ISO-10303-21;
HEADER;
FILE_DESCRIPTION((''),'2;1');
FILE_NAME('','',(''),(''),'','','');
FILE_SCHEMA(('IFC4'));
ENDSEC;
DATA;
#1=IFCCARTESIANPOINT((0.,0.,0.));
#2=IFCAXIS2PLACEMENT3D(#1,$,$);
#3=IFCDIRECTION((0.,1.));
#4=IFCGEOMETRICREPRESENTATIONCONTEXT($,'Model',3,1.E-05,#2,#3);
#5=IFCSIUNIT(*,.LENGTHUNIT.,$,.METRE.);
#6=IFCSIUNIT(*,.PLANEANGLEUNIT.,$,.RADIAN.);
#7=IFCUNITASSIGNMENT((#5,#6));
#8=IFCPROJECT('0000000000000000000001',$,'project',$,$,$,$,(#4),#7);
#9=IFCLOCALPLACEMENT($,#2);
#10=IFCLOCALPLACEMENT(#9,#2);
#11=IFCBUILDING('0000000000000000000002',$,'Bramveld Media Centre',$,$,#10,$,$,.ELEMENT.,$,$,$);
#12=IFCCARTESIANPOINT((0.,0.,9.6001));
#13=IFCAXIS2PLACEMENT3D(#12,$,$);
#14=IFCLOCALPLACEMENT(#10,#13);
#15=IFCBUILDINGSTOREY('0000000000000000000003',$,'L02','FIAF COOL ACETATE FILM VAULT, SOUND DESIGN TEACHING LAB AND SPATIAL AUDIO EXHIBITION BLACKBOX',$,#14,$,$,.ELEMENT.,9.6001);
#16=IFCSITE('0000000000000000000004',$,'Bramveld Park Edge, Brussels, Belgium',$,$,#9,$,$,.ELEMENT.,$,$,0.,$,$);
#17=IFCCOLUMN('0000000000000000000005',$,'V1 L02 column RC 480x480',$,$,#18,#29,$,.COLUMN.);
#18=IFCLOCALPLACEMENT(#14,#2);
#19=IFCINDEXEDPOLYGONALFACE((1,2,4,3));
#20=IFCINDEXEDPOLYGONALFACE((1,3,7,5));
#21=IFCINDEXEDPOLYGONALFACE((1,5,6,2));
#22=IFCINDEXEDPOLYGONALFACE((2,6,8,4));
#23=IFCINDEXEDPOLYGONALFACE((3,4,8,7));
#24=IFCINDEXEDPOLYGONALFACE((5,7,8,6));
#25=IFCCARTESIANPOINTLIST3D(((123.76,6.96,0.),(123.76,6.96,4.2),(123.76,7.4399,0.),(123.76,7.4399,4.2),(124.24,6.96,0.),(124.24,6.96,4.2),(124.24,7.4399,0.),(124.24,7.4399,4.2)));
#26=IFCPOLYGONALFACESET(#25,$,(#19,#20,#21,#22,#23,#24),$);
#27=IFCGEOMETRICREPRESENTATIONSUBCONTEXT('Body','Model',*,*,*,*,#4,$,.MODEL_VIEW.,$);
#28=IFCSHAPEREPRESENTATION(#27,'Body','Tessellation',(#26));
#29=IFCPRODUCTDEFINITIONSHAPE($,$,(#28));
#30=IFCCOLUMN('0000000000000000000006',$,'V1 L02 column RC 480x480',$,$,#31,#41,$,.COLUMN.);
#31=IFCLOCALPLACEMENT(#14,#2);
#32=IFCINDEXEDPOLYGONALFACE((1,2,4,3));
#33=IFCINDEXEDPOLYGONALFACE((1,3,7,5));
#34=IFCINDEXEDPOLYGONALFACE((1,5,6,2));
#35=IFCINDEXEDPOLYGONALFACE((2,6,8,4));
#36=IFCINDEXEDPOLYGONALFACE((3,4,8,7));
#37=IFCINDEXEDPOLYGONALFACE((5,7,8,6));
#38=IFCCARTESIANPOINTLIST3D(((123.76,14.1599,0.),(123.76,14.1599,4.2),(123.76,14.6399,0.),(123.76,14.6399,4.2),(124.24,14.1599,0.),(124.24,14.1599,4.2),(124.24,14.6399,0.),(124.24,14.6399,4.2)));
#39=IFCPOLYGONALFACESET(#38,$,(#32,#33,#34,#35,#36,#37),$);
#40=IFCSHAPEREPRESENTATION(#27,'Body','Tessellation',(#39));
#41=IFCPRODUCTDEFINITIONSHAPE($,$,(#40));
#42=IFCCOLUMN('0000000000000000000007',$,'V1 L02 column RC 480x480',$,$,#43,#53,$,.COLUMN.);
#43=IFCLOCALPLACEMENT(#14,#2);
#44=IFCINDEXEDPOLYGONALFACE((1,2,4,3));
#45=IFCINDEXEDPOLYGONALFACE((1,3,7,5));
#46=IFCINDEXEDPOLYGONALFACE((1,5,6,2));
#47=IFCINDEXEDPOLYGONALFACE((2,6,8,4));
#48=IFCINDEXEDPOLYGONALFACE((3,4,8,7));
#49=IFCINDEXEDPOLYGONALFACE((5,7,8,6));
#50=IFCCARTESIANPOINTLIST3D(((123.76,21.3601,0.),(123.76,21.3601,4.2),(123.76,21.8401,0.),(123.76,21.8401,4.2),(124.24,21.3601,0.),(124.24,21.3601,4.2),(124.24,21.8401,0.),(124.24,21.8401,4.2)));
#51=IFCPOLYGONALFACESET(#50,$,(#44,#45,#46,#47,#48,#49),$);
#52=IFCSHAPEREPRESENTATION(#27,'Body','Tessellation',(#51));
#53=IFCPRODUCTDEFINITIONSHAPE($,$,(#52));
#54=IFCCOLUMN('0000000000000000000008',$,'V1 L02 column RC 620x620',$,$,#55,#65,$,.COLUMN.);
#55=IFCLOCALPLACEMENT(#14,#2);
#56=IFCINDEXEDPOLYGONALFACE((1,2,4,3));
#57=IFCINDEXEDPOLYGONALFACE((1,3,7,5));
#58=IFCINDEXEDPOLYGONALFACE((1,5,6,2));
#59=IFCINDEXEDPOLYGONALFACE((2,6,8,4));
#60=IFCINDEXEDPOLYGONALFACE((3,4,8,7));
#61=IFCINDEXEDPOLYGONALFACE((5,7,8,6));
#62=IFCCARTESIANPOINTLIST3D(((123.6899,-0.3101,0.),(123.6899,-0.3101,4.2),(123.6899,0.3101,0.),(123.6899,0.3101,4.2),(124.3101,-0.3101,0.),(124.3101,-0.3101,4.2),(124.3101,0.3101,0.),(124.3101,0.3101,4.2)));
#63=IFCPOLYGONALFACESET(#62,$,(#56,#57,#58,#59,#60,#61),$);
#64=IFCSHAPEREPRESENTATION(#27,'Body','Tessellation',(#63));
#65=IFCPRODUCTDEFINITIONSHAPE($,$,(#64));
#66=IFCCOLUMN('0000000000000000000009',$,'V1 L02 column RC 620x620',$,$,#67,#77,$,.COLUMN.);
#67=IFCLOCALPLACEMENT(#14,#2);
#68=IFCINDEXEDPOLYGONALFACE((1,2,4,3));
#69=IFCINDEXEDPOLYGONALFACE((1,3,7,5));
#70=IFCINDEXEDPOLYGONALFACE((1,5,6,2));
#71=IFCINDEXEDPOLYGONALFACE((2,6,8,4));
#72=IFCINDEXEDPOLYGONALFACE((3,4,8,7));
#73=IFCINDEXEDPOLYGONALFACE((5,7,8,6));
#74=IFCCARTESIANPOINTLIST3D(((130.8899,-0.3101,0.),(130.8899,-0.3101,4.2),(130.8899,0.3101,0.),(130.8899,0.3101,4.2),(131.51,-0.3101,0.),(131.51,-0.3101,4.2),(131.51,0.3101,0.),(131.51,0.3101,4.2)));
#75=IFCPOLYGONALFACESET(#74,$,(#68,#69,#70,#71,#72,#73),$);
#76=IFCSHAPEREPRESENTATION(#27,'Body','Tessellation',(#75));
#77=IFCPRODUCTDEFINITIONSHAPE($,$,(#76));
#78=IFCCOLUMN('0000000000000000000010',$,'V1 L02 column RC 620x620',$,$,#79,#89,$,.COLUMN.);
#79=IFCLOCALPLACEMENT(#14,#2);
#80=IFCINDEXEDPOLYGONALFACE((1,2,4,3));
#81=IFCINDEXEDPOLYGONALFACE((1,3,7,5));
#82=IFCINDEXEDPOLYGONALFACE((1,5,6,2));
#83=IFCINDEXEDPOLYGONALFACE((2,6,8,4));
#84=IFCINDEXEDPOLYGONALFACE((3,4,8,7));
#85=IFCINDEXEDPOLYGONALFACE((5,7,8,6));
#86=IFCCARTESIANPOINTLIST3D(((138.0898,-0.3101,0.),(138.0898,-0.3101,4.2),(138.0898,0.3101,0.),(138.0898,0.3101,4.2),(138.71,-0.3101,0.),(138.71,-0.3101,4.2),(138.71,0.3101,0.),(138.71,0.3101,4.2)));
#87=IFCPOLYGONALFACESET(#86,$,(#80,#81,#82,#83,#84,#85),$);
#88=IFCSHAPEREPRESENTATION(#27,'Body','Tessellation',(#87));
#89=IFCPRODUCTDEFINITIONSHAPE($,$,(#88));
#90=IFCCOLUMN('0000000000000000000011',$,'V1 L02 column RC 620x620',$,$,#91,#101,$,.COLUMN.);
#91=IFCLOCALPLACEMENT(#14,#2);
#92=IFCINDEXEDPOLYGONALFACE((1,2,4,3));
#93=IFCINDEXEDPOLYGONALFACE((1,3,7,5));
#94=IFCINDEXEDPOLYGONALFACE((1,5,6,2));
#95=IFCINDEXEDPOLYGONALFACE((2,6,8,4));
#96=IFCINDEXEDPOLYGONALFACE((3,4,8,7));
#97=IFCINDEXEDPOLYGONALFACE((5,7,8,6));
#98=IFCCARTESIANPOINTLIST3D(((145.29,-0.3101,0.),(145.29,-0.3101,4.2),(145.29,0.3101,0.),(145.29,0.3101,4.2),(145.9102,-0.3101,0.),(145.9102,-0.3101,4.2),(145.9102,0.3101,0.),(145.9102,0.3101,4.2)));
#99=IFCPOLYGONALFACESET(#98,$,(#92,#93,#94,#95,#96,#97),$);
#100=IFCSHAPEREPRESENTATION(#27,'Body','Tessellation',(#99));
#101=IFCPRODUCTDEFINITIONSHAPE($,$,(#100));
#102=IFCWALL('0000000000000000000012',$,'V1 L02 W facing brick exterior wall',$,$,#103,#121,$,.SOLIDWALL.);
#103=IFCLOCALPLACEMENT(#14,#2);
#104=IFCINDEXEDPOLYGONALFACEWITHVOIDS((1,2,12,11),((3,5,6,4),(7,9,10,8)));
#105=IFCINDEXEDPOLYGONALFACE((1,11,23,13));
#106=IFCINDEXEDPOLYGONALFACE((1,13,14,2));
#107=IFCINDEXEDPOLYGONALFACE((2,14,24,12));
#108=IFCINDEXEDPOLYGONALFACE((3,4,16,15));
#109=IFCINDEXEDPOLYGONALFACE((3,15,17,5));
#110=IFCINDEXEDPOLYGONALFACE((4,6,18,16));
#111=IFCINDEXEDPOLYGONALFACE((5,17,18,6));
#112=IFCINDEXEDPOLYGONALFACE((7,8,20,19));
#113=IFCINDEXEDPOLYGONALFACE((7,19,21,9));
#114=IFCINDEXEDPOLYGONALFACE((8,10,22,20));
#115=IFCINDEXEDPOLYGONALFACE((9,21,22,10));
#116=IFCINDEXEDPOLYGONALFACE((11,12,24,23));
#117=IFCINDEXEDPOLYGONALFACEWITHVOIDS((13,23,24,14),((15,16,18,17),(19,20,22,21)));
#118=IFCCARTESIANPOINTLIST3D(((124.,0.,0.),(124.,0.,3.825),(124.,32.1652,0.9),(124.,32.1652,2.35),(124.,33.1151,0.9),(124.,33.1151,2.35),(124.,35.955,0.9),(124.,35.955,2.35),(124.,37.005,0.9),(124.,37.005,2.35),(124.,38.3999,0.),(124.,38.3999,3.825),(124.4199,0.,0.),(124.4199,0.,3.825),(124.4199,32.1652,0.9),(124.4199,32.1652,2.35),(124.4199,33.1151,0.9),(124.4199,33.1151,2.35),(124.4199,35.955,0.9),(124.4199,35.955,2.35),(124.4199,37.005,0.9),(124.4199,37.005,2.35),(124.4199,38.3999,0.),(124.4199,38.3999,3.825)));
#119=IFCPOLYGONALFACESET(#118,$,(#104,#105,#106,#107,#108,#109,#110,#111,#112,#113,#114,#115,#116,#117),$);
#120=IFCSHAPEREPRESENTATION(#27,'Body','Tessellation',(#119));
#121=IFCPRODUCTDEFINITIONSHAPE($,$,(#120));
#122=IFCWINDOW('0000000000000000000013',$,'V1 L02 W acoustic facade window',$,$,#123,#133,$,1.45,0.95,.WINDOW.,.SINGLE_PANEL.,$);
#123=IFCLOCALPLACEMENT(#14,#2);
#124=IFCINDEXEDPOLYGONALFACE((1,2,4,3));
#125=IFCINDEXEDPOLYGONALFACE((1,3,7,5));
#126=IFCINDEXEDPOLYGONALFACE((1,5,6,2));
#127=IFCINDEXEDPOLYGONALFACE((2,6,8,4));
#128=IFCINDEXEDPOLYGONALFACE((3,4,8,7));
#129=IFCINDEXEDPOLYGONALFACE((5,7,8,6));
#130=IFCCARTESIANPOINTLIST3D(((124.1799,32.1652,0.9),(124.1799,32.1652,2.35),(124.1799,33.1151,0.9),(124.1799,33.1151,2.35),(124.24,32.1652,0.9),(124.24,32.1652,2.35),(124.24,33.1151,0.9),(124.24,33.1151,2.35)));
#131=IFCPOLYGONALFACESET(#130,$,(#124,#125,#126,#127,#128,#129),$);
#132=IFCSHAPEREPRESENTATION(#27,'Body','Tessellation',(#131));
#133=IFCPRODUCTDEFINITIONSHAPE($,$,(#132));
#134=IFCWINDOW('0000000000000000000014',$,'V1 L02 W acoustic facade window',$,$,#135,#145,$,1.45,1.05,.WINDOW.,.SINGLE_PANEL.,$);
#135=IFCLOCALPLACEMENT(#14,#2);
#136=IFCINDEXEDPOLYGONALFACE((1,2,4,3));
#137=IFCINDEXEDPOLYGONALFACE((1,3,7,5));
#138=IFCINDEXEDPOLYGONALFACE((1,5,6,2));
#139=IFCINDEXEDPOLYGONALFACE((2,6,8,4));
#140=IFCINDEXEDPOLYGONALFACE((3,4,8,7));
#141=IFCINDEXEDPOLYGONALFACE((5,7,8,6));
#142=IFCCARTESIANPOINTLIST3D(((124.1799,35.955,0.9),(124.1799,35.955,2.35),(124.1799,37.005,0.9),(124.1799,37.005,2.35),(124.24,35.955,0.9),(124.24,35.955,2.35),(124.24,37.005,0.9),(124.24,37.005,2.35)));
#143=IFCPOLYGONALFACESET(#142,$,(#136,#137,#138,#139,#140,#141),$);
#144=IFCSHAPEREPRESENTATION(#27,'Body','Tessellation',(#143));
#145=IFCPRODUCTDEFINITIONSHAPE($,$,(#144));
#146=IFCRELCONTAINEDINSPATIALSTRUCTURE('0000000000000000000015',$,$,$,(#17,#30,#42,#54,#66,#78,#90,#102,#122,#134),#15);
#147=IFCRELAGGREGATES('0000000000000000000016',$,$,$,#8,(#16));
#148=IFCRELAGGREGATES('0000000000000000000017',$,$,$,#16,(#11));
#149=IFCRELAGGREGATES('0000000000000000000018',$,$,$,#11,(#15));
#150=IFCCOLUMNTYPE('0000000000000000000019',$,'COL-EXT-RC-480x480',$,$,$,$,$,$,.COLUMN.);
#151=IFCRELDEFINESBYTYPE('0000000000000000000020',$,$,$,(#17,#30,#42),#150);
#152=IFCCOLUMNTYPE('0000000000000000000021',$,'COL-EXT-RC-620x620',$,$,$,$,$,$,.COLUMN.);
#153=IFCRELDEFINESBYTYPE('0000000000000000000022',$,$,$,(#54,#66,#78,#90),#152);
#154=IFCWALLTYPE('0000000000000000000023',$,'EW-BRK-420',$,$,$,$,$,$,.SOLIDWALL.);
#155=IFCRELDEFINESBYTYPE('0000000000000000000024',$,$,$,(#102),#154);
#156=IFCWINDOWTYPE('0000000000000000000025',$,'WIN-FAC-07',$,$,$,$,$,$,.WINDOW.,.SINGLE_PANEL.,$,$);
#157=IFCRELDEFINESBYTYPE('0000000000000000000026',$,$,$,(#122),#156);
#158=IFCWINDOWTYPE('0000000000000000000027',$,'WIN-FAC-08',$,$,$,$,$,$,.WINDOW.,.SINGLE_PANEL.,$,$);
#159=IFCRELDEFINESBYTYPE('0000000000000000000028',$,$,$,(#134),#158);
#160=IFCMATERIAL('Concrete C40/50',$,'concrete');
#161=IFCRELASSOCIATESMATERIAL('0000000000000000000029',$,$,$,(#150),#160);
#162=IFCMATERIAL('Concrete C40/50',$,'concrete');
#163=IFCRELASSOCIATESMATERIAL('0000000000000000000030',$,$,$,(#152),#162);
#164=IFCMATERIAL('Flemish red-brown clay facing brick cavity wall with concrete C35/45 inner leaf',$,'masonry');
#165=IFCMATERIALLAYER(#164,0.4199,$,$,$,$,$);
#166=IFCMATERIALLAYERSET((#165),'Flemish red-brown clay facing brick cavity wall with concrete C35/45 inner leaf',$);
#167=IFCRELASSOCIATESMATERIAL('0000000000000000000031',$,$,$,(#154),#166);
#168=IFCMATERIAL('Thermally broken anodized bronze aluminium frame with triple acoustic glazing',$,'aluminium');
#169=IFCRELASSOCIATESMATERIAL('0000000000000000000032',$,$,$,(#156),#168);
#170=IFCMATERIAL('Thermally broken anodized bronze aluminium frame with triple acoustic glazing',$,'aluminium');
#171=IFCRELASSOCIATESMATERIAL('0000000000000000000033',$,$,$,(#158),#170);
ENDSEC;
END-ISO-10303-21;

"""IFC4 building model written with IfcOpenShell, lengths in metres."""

from ifc_helpers import new_model, si_unit, direction, frame, frame_2d, origin, origin_2d, place, context, subcontext, project, spatial, rectangle, extrude, material, layer, layer_set, material_profile, profile_set, type_object, element, fill, save


model = new_model("IFC4")

# Units and contexts
model_context = context("Model", 3, precision=1e-05, world=origin(), true_north=direction((0.0, 1.0)))
body_context = subcontext(model_context, "Body", "Model", "MODEL_VIEW")
ifc_project = project(units=[si_unit("LENGTHUNIT", "METRE"), si_unit("PLANEANGLEUNIT", "RADIAN")], contexts=[model_context])

# Site, building, storey
site_placement = place(None, origin())
site = spatial("IfcSite", under=ifc_project, at=site_placement, Name="Bramveld Park Edge, Brussels, Belgium", CompositionType="ELEMENT", RefElevation=0.0)
building_placement = place(site_placement, origin())
building = spatial("IfcBuilding", under=site, at=building_placement, Name="Bramveld Media Centre", CompositionType="ELEMENT")
storey_placement = place(building_placement, frame((0.0, 0.0, 9.6001)))
storey = spatial("IfcBuildingStorey", under=building, at=storey_placement, Name="L02", Description="FIAF COOL ACETATE FILM VAULT, SOUND DESIGN TEACHING LAB AND SPATIAL AUDIO EXHIBITION BLACKBOX", CompositionType="ELEMENT", Elevation=9.6001)

# Columns
ifc_material_1 = material(Name="Concrete C40/50", Category="concrete")
ifc_material_profile_1 = material_profile(ifc_material_1, rectangle(XDim=0.48, YDim=0.48, at=origin_2d()), Name="RC 480x480")
ifc_profile_set_1 = profile_set([ifc_material_profile_1], Name="Concrete C40/50")
column_type_1 = type_object("IfcColumnType", Name="COL-EXT-RC-480x480", PredefinedType="COLUMN", material=ifc_profile_set_1)
for number, where, z_axis, x_axis, name in (
    (1, (124.0, 7.2, 0.0), (0.0, 0.0, 1.0), (1.0, 0.0, 0.0), "V1 L02 column RC 480x480"),
    (2, (124.0, 14.3999, 0.0), (0.0, 0.0, 1.0), (1.0, 0.0, 0.0), "V1 L02 column RC 480x480"),
    (3, (124.0, 21.6001, 0.0), (0.0, 0.0, 1.0), (1.0, 0.0, 0.0), "V1 L02 column RC 480x480"),
):
    element("IfcColumn", number, at=place(storey_placement, frame(where, z_axis=z_axis, x_axis=x_axis)), inside=storey, type_object=column_type_1, Name=name, PredefinedType="COLUMN", context=body_context, shape_type="SweptSolid", body=[
        extrude(rectangle(XDim=0.48, YDim=0.48, at=origin_2d()), origin(), (0.0, 0.0, 1.0), 4.2),
    ])
ifc_material_2 = material(Name="Concrete C40/50", Category="concrete")
ifc_material_profile_2 = material_profile(ifc_material_2, rectangle(XDim=0.6201, YDim=0.6201, at=origin_2d()), Name="RC 620x620")
ifc_profile_set_2 = profile_set([ifc_material_profile_2], Name="Concrete C40/50")
column_type_2 = type_object("IfcColumnType", Name="COL-EXT-RC-620x620", PredefinedType="COLUMN", material=ifc_profile_set_2)
for number, where, z_axis, x_axis, name in (
    (4, (124.0, 0.0, 0.0), (0.0, 0.0, 1.0), (1.0, 0.0, 0.0), "V1 L02 column RC 620x620"),
    (5, (131.2, 0.0, 0.0), (0.0, 0.0, 1.0), (1.0, 0.0, 0.0), "V1 L02 column RC 620x620"),
    (6, (138.3999, 0.0, 0.0), (0.0, 0.0, 1.0), (1.0, 0.0, 0.0), "V1 L02 column RC 620x620"),
    (7, (145.6001, 0.0, 0.0), (0.0, 0.0, 1.0), (1.0, 0.0, 0.0), "V1 L02 column RC 620x620"),
):
    element("IfcColumn", number, at=place(storey_placement, frame(where, z_axis=z_axis, x_axis=x_axis)), inside=storey, type_object=column_type_2, Name=name, PredefinedType="COLUMN", context=body_context, shape_type="SweptSolid", body=[
        extrude(rectangle(XDim=0.6201, YDim=0.6201, at=origin_2d()), origin(), (0.0, 0.0, 1.0), 4.2),
    ])

# Wall, openings, windows
ifc_material_3 = material(Name="Flemish red-brown clay facing brick cavity wall with concrete C35/45 inner leaf", Category="masonry")
ifc_layer = layer(ifc_material_3, 0.4199)
ifc_layer_set = layer_set([ifc_layer], Name="Flemish red-brown clay facing brick cavity wall with concrete C35/45 inner leaf")
wall_type = type_object("IfcWallType", Name="EW-BRK-420", PredefinedType="SOLIDWALL", material=ifc_layer_set)
wall_placement = place(storey_placement, frame((124.21, 0.0, 0.0), z_axis=(0.0, 0.0, 1.0), x_axis=(0.0, 1.0, 0.0)))
wall = element("IfcWall", 8, at=wall_placement, inside=storey, type_object=wall_type, Name="V1 L02 W facing brick exterior wall", PredefinedType="SOLIDWALL", context=body_context, shape_type="SweptSolid", body=[
    extrude(rectangle(XDim=38.3999, YDim=0.4199, at=frame_2d((19.2, 0.0))), origin(), (0.0, 0.0, 1.0), 3.825),
])
opening_1_placement = place(wall_placement, frame((32.165, 0.0, 0.8999)))
opening_1 = element("IfcOpeningElement", 9, at=opening_1_placement, cuts=wall, PredefinedType="OPENING", context=body_context, shape_type="SweptSolid", body=[
    extrude(rectangle(XDim=0.95, YDim=1.45, at=frame_2d((0.4751, 0.7251))), frame((0.0, 0.2219, 0.0), z_axis=(0.0, -1.0, 0.0), x_axis=(1.0, 0.0, 0.0)), (0.0, 0.0, 1.0), 0.4438),
])
opening_2_placement = place(wall_placement, frame((35.9551, 0.0, 0.8999)))
opening_2 = element("IfcOpeningElement", 10, at=opening_2_placement, cuts=wall, PredefinedType="OPENING", context=body_context, shape_type="SweptSolid", body=[
    extrude(rectangle(XDim=1.05, YDim=1.45, at=frame_2d((0.5249, 0.7251))), frame((0.0, 0.2219, 0.0), z_axis=(0.0, -1.0, 0.0), x_axis=(1.0, 0.0, 0.0)), (0.0, 0.0, 1.0), 0.4438),
])
ifc_material_4 = material(Name="Thermally broken anodized bronze aluminium frame with triple acoustic glazing", Category="aluminium")
window_type_1 = type_object("IfcWindowType", Name="WIN-FAC-07", PartitioningType="SINGLE_PANEL", PredefinedType="WINDOW", material=ifc_material_4)
window_1_placement = place(opening_1_placement, origin())
window_1 = element("IfcWindow", 11, at=window_1_placement, inside=storey, type_object=window_type_1, Name="V1 L02 W acoustic facade window", OverallHeight=1.45, OverallWidth=0.95, PartitioningType="SINGLE_PANEL", PredefinedType="WINDOW", context=body_context, shape_type="SweptSolid", body=[
    extrude(rectangle(XDim=0.95, YDim=1.45, at=frame_2d((0.4751, 0.7251))), frame((0.0, 0.03, 0.0), z_axis=(0.0, -1.0, 0.0), x_axis=(1.0, 0.0, 0.0)), (0.0, 0.0, 1.0), 0.0601),
])
fill(opening_1, window_1)
ifc_material_5 = material(Name="Thermally broken anodized bronze aluminium frame with triple acoustic glazing", Category="aluminium")
window_type_2 = type_object("IfcWindowType", Name="WIN-FAC-08", PartitioningType="SINGLE_PANEL", PredefinedType="WINDOW", material=ifc_material_5)
window_2_placement = place(opening_2_placement, origin())
window_2 = element("IfcWindow", 12, at=window_2_placement, inside=storey, type_object=window_type_2, Name="V1 L02 W acoustic facade window", OverallHeight=1.45, OverallWidth=1.05, PartitioningType="SINGLE_PANEL", PredefinedType="WINDOW", context=body_context, shape_type="SweptSolid", body=[
    extrude(rectangle(XDim=1.05, YDim=1.45, at=frame_2d((0.5249, 0.7251))), frame((0.0, 0.03, 0.0), z_axis=(0.0, -1.0, 0.0), x_axis=(1.0, 0.0, 0.0)), (0.0, 0.0, 1.0), 0.0601),
])
fill(opening_2, window_2)

save(model, "model.ifc")
